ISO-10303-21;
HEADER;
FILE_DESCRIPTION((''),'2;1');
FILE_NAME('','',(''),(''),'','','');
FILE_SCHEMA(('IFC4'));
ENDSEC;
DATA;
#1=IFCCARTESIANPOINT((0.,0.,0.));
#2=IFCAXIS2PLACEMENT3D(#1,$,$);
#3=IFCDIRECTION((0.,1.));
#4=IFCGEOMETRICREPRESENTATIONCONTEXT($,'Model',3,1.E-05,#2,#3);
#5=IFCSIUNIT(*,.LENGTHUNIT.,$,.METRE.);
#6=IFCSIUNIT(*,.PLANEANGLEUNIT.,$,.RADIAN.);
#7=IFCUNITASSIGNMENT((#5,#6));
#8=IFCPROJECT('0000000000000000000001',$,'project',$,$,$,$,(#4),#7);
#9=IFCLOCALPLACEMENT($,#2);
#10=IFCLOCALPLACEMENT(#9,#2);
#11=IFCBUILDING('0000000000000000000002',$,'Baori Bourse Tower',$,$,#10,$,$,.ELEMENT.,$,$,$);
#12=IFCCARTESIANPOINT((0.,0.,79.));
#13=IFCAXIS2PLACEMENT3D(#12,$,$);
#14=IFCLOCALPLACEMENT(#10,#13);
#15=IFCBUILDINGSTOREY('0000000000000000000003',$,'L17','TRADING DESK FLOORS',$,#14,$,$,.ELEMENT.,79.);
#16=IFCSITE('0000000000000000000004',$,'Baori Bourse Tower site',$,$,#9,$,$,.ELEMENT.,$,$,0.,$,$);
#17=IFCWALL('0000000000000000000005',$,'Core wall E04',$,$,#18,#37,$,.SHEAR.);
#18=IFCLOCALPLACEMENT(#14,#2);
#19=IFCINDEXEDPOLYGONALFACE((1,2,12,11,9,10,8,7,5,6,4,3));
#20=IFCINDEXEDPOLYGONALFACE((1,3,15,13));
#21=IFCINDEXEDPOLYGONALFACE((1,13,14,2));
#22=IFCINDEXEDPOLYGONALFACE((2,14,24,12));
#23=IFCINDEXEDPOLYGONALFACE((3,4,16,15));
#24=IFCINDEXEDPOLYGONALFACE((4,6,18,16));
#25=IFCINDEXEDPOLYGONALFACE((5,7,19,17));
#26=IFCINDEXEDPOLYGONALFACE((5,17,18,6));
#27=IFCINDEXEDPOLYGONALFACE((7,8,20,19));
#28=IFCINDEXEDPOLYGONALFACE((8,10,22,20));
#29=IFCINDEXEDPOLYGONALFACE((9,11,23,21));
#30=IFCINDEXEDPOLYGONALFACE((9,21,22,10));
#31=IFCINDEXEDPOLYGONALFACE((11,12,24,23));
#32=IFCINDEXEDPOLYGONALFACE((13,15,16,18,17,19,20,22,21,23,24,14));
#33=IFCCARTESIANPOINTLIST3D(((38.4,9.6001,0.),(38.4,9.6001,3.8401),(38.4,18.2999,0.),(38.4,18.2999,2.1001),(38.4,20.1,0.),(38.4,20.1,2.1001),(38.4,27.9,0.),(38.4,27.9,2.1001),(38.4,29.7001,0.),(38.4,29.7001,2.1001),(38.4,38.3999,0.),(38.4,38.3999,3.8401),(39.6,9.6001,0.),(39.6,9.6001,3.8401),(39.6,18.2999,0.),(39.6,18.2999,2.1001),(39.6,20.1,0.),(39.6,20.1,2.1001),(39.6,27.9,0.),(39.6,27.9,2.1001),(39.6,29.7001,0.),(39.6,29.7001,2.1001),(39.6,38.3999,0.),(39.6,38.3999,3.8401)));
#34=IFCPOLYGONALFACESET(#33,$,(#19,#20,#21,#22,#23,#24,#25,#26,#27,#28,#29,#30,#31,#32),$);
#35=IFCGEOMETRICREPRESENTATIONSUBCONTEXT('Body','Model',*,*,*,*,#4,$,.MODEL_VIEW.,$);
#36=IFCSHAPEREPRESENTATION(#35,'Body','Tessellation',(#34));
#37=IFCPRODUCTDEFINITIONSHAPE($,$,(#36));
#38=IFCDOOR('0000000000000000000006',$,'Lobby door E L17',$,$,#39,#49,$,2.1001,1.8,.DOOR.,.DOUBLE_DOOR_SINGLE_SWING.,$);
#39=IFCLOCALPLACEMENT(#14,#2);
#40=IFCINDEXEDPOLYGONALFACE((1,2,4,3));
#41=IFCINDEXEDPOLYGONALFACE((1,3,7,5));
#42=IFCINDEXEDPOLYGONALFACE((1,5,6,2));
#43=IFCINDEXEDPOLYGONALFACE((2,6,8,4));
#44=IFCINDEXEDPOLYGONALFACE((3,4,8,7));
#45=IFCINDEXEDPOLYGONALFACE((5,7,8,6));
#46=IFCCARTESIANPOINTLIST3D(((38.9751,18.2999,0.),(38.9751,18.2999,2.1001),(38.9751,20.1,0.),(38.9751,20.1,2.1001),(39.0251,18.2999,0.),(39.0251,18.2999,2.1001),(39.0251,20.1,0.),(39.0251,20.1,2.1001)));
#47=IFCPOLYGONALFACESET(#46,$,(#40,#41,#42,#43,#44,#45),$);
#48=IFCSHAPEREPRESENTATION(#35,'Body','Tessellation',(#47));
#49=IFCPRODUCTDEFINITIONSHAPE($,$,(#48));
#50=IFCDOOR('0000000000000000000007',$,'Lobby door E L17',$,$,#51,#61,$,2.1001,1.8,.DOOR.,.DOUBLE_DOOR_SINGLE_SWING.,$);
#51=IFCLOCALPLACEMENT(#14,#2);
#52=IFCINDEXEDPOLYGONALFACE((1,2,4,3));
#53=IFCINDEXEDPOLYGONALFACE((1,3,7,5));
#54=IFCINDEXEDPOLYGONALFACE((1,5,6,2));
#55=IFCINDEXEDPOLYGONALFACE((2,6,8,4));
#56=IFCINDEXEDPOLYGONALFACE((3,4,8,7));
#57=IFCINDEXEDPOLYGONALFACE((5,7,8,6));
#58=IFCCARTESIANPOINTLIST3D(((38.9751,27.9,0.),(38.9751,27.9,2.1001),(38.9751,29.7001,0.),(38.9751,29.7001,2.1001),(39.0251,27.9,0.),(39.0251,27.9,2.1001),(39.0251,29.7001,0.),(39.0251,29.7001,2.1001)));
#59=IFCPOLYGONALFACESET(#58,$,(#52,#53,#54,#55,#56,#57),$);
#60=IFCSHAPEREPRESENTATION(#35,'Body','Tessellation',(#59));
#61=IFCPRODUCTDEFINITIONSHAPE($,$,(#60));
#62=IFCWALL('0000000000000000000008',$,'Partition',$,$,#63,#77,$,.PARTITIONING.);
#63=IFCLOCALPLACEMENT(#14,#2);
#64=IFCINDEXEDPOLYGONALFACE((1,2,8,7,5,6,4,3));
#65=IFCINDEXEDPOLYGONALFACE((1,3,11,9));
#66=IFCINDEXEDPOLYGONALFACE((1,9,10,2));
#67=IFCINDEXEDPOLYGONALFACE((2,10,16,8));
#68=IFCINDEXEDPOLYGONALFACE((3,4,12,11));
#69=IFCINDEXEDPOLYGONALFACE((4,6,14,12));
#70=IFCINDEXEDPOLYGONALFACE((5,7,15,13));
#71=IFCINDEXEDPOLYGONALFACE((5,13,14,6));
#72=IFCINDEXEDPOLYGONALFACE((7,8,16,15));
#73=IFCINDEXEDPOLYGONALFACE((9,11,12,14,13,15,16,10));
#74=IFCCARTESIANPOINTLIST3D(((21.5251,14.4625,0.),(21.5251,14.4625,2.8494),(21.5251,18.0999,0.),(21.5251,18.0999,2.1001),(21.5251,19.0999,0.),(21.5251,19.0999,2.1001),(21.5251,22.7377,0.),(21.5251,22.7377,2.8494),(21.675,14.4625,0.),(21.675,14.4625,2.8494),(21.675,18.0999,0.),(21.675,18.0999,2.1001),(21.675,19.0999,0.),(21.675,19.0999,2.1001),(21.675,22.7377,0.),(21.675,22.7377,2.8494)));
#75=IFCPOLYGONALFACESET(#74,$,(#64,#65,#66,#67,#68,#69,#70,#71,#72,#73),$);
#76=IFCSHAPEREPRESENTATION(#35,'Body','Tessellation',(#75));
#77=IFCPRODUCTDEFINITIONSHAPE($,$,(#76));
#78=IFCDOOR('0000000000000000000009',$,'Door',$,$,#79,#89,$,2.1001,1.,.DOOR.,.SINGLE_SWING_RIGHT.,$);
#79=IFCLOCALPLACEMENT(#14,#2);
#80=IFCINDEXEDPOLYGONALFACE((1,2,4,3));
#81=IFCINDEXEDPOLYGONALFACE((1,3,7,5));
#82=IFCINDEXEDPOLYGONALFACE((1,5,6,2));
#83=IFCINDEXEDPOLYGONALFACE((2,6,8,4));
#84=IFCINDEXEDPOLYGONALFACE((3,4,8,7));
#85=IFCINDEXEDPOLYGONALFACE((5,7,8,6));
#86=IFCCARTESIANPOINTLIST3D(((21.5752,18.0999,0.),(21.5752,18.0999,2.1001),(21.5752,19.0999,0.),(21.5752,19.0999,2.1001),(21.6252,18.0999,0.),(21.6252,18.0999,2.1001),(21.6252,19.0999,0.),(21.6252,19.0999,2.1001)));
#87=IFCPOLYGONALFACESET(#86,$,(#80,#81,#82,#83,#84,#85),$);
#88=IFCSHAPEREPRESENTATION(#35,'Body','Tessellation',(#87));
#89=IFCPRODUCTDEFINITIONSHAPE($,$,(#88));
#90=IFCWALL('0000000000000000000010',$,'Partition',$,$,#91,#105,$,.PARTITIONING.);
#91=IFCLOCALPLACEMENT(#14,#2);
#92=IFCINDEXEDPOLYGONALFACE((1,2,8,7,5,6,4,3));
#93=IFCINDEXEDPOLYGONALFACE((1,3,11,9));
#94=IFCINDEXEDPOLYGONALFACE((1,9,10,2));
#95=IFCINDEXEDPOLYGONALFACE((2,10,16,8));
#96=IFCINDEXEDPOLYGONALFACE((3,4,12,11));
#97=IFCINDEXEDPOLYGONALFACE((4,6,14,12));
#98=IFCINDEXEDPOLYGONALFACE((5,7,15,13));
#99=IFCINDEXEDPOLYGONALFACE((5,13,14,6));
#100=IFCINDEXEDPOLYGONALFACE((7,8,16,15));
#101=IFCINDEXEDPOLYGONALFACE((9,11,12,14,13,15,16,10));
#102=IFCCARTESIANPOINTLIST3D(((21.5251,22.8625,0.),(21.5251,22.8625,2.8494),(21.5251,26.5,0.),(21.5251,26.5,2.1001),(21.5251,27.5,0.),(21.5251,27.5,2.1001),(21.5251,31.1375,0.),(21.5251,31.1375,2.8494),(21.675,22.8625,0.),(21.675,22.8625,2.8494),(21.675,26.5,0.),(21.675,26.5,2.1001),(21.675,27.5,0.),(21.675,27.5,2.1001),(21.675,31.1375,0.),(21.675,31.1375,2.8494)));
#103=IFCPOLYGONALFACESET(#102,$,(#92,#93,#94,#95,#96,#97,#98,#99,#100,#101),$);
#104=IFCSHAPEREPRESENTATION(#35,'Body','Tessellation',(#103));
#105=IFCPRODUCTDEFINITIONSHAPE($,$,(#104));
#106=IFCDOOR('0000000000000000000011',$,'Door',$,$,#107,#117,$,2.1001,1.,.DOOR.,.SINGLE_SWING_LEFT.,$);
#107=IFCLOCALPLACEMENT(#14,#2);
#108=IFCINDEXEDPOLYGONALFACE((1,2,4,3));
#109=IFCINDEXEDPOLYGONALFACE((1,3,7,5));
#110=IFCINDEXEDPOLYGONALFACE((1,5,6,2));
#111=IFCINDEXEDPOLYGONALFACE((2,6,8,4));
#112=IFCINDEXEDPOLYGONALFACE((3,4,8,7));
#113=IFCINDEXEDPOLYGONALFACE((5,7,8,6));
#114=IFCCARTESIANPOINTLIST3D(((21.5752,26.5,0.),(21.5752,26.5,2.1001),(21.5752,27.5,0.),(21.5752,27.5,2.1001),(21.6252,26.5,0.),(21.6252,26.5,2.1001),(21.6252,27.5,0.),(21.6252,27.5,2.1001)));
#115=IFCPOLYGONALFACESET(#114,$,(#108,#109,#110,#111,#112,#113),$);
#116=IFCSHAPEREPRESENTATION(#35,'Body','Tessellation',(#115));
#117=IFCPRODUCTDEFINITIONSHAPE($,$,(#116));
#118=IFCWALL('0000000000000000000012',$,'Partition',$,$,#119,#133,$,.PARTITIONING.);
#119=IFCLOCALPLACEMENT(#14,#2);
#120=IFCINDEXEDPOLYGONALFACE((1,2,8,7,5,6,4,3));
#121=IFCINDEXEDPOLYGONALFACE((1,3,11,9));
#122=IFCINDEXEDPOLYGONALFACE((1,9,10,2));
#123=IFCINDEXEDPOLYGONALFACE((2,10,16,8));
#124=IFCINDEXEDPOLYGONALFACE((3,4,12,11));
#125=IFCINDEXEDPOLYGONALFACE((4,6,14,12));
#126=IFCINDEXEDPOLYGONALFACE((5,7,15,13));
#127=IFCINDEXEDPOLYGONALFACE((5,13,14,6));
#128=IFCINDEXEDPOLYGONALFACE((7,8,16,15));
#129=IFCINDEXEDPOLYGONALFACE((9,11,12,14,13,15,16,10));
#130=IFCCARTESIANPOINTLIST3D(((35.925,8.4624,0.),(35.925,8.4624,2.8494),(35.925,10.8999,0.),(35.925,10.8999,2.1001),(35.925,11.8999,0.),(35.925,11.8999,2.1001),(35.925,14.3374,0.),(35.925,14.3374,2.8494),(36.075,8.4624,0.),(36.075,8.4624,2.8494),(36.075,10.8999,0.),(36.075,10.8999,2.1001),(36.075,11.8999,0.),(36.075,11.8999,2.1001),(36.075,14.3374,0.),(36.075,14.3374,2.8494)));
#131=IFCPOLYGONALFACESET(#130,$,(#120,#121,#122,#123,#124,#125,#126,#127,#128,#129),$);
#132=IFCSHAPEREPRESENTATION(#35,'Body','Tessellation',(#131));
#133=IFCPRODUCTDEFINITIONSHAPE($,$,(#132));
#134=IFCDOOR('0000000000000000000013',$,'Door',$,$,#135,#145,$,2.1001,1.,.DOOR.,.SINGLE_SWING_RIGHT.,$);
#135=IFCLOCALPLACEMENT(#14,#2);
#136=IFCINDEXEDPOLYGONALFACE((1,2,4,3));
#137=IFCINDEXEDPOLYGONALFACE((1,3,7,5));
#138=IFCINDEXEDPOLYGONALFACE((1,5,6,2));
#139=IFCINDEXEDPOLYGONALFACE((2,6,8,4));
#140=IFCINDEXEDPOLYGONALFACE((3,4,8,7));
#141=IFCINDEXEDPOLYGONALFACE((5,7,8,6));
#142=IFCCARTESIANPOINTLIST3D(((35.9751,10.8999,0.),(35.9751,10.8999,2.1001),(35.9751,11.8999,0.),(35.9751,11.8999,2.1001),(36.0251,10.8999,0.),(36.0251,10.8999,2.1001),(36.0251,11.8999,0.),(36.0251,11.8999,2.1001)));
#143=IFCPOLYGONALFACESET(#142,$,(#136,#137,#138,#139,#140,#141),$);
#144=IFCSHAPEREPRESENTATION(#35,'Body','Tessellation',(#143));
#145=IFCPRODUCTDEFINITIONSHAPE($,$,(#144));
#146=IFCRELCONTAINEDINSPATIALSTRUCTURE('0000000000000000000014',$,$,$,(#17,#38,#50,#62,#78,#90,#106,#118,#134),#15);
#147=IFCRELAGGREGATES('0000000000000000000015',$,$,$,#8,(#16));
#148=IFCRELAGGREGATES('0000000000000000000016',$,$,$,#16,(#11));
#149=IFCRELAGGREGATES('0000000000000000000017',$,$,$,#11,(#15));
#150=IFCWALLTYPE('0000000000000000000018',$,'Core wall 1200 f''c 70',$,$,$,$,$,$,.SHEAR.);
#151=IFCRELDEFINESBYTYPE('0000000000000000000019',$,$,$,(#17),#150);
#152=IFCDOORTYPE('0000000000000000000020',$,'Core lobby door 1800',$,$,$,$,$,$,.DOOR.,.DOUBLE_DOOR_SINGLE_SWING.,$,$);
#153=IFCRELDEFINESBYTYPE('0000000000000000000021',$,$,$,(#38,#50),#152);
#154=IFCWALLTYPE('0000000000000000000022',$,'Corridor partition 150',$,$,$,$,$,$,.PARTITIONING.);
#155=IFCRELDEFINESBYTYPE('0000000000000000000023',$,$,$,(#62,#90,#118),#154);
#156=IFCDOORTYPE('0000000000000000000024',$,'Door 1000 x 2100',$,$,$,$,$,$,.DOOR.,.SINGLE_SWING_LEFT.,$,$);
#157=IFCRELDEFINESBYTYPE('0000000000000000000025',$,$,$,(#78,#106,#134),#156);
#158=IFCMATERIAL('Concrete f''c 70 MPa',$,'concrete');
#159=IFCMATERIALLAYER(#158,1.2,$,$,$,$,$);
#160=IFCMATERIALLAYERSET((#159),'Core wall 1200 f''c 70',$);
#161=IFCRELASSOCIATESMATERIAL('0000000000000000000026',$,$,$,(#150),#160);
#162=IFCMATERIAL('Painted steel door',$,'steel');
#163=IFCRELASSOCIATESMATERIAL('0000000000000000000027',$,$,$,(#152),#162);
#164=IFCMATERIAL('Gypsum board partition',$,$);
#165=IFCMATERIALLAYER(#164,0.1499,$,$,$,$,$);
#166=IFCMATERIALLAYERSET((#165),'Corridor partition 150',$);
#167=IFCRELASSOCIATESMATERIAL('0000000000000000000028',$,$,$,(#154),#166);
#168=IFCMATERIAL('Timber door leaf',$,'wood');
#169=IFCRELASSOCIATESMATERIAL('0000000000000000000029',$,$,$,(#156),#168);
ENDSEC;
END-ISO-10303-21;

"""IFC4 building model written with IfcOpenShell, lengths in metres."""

from ifc_helpers import new_model, si_unit, direction, frame, frame_2d, origin, place, context, subcontext, project, spatial, rectangle, extrude, material, layer, layer_set, type_object, element, fill, save


model = new_model("IFC4")

# Units and contexts
model_context = context("Model", 3, precision=1e-05, world=origin(), true_north=direction((0.0, 1.0)))
body_context = subcontext(model_context, "Body", "Model", "MODEL_VIEW")
ifc_project = project(units=[si_unit("LENGTHUNIT", "METRE"), si_unit("PLANEANGLEUNIT", "RADIAN")], contexts=[model_context])

# Site, building, storey
site_placement = place(None, origin())
site = spatial("IfcSite", under=ifc_project, at=site_placement, Name="Baori Bourse Tower site", CompositionType="ELEMENT", RefElevation=0.0)
building_placement = place(site_placement, origin())
building = spatial("IfcBuilding", under=site, at=building_placement, Name="Baori Bourse Tower", CompositionType="ELEMENT")
storey_placement = place(building_placement, frame((0.0, 0.0, 79.0)))
storey = spatial("IfcBuildingStorey", under=building, at=storey_placement, Name="L17", Description="TRADING DESK FLOORS", CompositionType="ELEMENT", Elevation=79.0)

# Wall, openings, doors
ifc_material_1 = material(Name="Concrete f'c 70 MPa", Category="concrete")
ifc_layer_1 = layer(ifc_material_1, 1.2)
ifc_layer_set_1 = layer_set([ifc_layer_1], Name="Core wall 1200 f'c 70")
wall_type_1 = type_object("IfcWallType", Name="Core wall 1200 f'c 70", PredefinedType="SHEAR", material=ifc_layer_set_1)
wall_1_placement = place(storey_placement, frame((39.0, 9.6001, 0.0), z_axis=(0.0, 0.0, 1.0), x_axis=(0.0, 1.0, 0.0)))
wall_1 = element("IfcWall", 1, at=wall_1_placement, inside=storey, type_object=wall_type_1, Name="Core wall E04", PredefinedType="SHEAR", context=body_context, shape_type="SweptSolid", body=[
    extrude(rectangle(XDim=28.7998, YDim=1.2, at=frame_2d((14.3999, 0.0))), origin(), (0.0, 0.0, 1.0), 3.8401),
])
opening_1_placement = place(wall_1_placement, frame((8.7, 0.0, 0.0)))
opening_1 = element("IfcOpeningElement", 2, at=opening_1_placement, cuts=wall_1, PredefinedType="OPENING", context=body_context, shape_type="SweptSolid", body=[
    extrude(rectangle(XDim=1.8, YDim=2.1001, at=frame_2d((0.8999, 1.05))), frame((0.0, 0.6099, 0.0), z_axis=(0.0, -1.0, 0.0), x_axis=(1.0, 0.0, 0.0)), (0.0, 0.0, 1.0), 1.22),
])
opening_2_placement = place(wall_1_placement, frame((18.3, 0.0, 0.0)))
opening_2 = element("IfcOpeningElement", 3, at=opening_2_placement, cuts=wall_1, PredefinedType="OPENING", context=body_context, shape_type="SweptSolid", body=[
    extrude(rectangle(XDim=1.8, YDim=2.1001, at=frame_2d((0.8999, 1.05))), frame((0.0, 0.6099, 0.0), z_axis=(0.0, -1.0, 0.0), x_axis=(1.0, 0.0, 0.0)), (0.0, 0.0, 1.0), 1.22),
])
ifc_material_2 = material(Name="Painted steel door", Category="steel")
door_type_1 = type_object("IfcDoorType", Name="Core lobby door 1800", OperationType="DOUBLE_DOOR_SINGLE_SWING", PredefinedType="DOOR", material=ifc_material_2)
door_1_placement = place(opening_1_placement, origin())
door_1 = element("IfcDoor", 4, at=door_1_placement, inside=storey, type_object=door_type_1, Name="Lobby door E L17", OperationType="DOUBLE_DOOR_SINGLE_SWING", OverallHeight=2.1001, OverallWidth=1.8, PredefinedType="DOOR", context=body_context, shape_type="SweptSolid", body=[
    extrude(rectangle(XDim=1.8, YDim=2.1001, at=frame_2d((0.8999, 1.05))), frame((0.0, 0.0249, 0.0), z_axis=(0.0, -1.0, 0.0), x_axis=(1.0, 0.0, 0.0)), (0.0, 0.0, 1.0), 0.05),
])
fill(opening_1, door_1)
door_2_placement = place(opening_2_placement, origin())
door_2 = element("IfcDoor", 5, at=door_2_placement, inside=storey, type_object=door_type_1, Name="Lobby door E L17", OperationType="DOUBLE_DOOR_SINGLE_SWING", OverallHeight=2.1001, OverallWidth=1.8, PredefinedType="DOOR", context=body_context, shape_type="SweptSolid", body=[
    extrude(rectangle(XDim=1.8, YDim=2.1001, at=frame_2d((0.8999, 1.05))), frame((0.0, 0.0249, 0.0), z_axis=(0.0, -1.0, 0.0), x_axis=(1.0, 0.0, 0.0)), (0.0, 0.0, 1.0), 0.05),
])
fill(opening_2, door_2)

# Walls, openings, doors
ifc_material_3 = material(Name="Gypsum board partition")
ifc_layer_2 = layer(ifc_material_3, 0.1499)
ifc_layer_set_2 = layer_set([ifc_layer_2], Name="Corridor partition 150")
wall_type_2 = type_object("IfcWallType", Name="Corridor partition 150", PredefinedType="PARTITIONING", material=ifc_layer_set_2)
wall_2_placement = place(storey_placement, frame((21.6001, 14.4624, 0.0), z_axis=(0.0, 0.0, 1.0), x_axis=(0.0, 1.0, 0.0)))
wall_2 = element("IfcWall", 6, at=wall_2_placement, inside=storey, type_object=wall_type_2, Name="Partition", PredefinedType="PARTITIONING", context=body_context, shape_type="SweptSolid", body=[
    extrude(rectangle(XDim=8.2751, YDim=0.1499, at=frame_2d((4.1377, 0.0))), origin(), (0.0, 0.0, 1.0), 2.8494),
])
opening_3_placement = place(wall_2_placement, frame((3.6375, 0.0, 0.0)))
opening_3 = element("IfcOpeningElement", 7, at=opening_3_placement, cuts=wall_2, PredefinedType="OPENING", context=body_context, shape_type="SweptSolid", body=[
    extrude(rectangle(XDim=1.0, YDim=2.1001, at=frame_2d((0.5, 1.05))), frame((0.0, 0.085, 0.0), z_axis=(0.0, -1.0, 0.0), x_axis=(1.0, 0.0, 0.0)), (0.0, 0.0, 1.0), 0.1699),
])
ifc_material_4 = material(Name="Timber door leaf", Category="wood")
door_type_2 = type_object("IfcDoorType", Name="Door 1000 x 2100", OperationType="SINGLE_SWING_LEFT", PredefinedType="DOOR", material=ifc_material_4)
door_3_placement = place(opening_3_placement, origin())
door_3 = element("IfcDoor", 8, at=door_3_placement, inside=storey, type_object=door_type_2, Name="Door", OperationType="SINGLE_SWING_RIGHT", OverallHeight=2.1001, OverallWidth=1.0, PredefinedType="DOOR", context=body_context, shape_type="SweptSolid", body=[
    extrude(rectangle(XDim=1.0, YDim=2.1001, at=frame_2d((0.5, 1.05))), frame((0.0, 0.0249, 0.0), z_axis=(0.0, -1.0, 0.0), x_axis=(1.0, 0.0, 0.0)), (0.0, 0.0, 1.0), 0.05),
])
fill(opening_3, door_3)
wall_3_placement = place(storey_placement, frame((21.6001, 22.8625, 0.0), z_axis=(0.0, 0.0, 1.0), x_axis=(0.0, 1.0, 0.0)))
wall_3 = element("IfcWall", 9, at=wall_3_placement, inside=storey, type_object=wall_type_2, Name="Partition", PredefinedType="PARTITIONING", context=body_context, shape_type="SweptSolid", body=[
    extrude(rectangle(XDim=8.2749, YDim=0.1499, at=frame_2d((4.1375, 0.0))), origin(), (0.0, 0.0, 1.0), 2.8494),
])
opening_4_placement = place(wall_3_placement, frame((3.6375, 0.0, 0.0)))
opening_4 = element("IfcOpeningElement", 10, at=opening_4_placement, cuts=wall_3, PredefinedType="OPENING", context=body_context, shape_type="SweptSolid", body=[
    extrude(rectangle(XDim=1.0, YDim=2.1001, at=frame_2d((0.5, 1.05))), frame((0.0, 0.085, 0.0), z_axis=(0.0, -1.0, 0.0), x_axis=(1.0, 0.0, 0.0)), (0.0, 0.0, 1.0), 0.1699),
])
door_4_placement = place(opening_4_placement, origin())
door_4 = element("IfcDoor", 11, at=door_4_placement, inside=storey, type_object=door_type_2, Name="Door", OperationType="SINGLE_SWING_LEFT", OverallHeight=2.1001, OverallWidth=1.0, PredefinedType="DOOR", context=body_context, shape_type="SweptSolid", body=[
    extrude(rectangle(XDim=1.0, YDim=2.1001, at=frame_2d((0.5, 1.05))), frame((0.0, 0.0249, 0.0), z_axis=(0.0, -1.0, 0.0), x_axis=(1.0, 0.0, 0.0)), (0.0, 0.0, 1.0), 0.05),
])
fill(opening_4, door_4)
wall_4_placement = place(storey_placement, frame((36.0, 8.4624, 0.0), z_axis=(0.0, 0.0, 1.0), x_axis=(0.0, 1.0, 0.0)))
wall_4 = element("IfcWall", 12, at=wall_4_placement, inside=storey, type_object=wall_type_2, Name="Partition", PredefinedType="PARTITIONING", context=body_context, shape_type="SweptSolid", body=[
    extrude(rectangle(XDim=5.875, YDim=0.1499, at=frame_2d((2.9375, 0.0))), origin(), (0.0, 0.0, 1.0), 2.8494),
])
opening_5_placement = place(wall_4_placement, frame((2.4375, 0.0, 0.0)))
opening_5 = element("IfcOpeningElement", 13, at=opening_5_placement, cuts=wall_4, PredefinedType="OPENING", context=body_context, shape_type="SweptSolid", body=[
    extrude(rectangle(XDim=1.0, YDim=2.1001, at=frame_2d((0.5, 1.05))), frame((0.0, 0.085, 0.0), z_axis=(0.0, -1.0, 0.0), x_axis=(1.0, 0.0, 0.0)), (0.0, 0.0, 1.0), 0.1699),
])
door_5_placement = place(opening_5_placement, origin())
door_5 = element("IfcDoor", 14, at=door_5_placement, inside=storey, type_object=door_type_2, Name="Door", OperationType="SINGLE_SWING_RIGHT", OverallHeight=2.1001, OverallWidth=1.0, PredefinedType="DOOR", context=body_context, shape_type="SweptSolid", body=[
    extrude(rectangle(XDim=1.0, YDim=2.1001, at=frame_2d((0.5, 1.05))), frame((0.0, 0.0249, 0.0), z_axis=(0.0, -1.0, 0.0), x_axis=(1.0, 0.0, 0.0)), (0.0, 0.0, 1.0), 0.05),
])
fill(opening_5, door_5)

save(model, "model.ifc")
